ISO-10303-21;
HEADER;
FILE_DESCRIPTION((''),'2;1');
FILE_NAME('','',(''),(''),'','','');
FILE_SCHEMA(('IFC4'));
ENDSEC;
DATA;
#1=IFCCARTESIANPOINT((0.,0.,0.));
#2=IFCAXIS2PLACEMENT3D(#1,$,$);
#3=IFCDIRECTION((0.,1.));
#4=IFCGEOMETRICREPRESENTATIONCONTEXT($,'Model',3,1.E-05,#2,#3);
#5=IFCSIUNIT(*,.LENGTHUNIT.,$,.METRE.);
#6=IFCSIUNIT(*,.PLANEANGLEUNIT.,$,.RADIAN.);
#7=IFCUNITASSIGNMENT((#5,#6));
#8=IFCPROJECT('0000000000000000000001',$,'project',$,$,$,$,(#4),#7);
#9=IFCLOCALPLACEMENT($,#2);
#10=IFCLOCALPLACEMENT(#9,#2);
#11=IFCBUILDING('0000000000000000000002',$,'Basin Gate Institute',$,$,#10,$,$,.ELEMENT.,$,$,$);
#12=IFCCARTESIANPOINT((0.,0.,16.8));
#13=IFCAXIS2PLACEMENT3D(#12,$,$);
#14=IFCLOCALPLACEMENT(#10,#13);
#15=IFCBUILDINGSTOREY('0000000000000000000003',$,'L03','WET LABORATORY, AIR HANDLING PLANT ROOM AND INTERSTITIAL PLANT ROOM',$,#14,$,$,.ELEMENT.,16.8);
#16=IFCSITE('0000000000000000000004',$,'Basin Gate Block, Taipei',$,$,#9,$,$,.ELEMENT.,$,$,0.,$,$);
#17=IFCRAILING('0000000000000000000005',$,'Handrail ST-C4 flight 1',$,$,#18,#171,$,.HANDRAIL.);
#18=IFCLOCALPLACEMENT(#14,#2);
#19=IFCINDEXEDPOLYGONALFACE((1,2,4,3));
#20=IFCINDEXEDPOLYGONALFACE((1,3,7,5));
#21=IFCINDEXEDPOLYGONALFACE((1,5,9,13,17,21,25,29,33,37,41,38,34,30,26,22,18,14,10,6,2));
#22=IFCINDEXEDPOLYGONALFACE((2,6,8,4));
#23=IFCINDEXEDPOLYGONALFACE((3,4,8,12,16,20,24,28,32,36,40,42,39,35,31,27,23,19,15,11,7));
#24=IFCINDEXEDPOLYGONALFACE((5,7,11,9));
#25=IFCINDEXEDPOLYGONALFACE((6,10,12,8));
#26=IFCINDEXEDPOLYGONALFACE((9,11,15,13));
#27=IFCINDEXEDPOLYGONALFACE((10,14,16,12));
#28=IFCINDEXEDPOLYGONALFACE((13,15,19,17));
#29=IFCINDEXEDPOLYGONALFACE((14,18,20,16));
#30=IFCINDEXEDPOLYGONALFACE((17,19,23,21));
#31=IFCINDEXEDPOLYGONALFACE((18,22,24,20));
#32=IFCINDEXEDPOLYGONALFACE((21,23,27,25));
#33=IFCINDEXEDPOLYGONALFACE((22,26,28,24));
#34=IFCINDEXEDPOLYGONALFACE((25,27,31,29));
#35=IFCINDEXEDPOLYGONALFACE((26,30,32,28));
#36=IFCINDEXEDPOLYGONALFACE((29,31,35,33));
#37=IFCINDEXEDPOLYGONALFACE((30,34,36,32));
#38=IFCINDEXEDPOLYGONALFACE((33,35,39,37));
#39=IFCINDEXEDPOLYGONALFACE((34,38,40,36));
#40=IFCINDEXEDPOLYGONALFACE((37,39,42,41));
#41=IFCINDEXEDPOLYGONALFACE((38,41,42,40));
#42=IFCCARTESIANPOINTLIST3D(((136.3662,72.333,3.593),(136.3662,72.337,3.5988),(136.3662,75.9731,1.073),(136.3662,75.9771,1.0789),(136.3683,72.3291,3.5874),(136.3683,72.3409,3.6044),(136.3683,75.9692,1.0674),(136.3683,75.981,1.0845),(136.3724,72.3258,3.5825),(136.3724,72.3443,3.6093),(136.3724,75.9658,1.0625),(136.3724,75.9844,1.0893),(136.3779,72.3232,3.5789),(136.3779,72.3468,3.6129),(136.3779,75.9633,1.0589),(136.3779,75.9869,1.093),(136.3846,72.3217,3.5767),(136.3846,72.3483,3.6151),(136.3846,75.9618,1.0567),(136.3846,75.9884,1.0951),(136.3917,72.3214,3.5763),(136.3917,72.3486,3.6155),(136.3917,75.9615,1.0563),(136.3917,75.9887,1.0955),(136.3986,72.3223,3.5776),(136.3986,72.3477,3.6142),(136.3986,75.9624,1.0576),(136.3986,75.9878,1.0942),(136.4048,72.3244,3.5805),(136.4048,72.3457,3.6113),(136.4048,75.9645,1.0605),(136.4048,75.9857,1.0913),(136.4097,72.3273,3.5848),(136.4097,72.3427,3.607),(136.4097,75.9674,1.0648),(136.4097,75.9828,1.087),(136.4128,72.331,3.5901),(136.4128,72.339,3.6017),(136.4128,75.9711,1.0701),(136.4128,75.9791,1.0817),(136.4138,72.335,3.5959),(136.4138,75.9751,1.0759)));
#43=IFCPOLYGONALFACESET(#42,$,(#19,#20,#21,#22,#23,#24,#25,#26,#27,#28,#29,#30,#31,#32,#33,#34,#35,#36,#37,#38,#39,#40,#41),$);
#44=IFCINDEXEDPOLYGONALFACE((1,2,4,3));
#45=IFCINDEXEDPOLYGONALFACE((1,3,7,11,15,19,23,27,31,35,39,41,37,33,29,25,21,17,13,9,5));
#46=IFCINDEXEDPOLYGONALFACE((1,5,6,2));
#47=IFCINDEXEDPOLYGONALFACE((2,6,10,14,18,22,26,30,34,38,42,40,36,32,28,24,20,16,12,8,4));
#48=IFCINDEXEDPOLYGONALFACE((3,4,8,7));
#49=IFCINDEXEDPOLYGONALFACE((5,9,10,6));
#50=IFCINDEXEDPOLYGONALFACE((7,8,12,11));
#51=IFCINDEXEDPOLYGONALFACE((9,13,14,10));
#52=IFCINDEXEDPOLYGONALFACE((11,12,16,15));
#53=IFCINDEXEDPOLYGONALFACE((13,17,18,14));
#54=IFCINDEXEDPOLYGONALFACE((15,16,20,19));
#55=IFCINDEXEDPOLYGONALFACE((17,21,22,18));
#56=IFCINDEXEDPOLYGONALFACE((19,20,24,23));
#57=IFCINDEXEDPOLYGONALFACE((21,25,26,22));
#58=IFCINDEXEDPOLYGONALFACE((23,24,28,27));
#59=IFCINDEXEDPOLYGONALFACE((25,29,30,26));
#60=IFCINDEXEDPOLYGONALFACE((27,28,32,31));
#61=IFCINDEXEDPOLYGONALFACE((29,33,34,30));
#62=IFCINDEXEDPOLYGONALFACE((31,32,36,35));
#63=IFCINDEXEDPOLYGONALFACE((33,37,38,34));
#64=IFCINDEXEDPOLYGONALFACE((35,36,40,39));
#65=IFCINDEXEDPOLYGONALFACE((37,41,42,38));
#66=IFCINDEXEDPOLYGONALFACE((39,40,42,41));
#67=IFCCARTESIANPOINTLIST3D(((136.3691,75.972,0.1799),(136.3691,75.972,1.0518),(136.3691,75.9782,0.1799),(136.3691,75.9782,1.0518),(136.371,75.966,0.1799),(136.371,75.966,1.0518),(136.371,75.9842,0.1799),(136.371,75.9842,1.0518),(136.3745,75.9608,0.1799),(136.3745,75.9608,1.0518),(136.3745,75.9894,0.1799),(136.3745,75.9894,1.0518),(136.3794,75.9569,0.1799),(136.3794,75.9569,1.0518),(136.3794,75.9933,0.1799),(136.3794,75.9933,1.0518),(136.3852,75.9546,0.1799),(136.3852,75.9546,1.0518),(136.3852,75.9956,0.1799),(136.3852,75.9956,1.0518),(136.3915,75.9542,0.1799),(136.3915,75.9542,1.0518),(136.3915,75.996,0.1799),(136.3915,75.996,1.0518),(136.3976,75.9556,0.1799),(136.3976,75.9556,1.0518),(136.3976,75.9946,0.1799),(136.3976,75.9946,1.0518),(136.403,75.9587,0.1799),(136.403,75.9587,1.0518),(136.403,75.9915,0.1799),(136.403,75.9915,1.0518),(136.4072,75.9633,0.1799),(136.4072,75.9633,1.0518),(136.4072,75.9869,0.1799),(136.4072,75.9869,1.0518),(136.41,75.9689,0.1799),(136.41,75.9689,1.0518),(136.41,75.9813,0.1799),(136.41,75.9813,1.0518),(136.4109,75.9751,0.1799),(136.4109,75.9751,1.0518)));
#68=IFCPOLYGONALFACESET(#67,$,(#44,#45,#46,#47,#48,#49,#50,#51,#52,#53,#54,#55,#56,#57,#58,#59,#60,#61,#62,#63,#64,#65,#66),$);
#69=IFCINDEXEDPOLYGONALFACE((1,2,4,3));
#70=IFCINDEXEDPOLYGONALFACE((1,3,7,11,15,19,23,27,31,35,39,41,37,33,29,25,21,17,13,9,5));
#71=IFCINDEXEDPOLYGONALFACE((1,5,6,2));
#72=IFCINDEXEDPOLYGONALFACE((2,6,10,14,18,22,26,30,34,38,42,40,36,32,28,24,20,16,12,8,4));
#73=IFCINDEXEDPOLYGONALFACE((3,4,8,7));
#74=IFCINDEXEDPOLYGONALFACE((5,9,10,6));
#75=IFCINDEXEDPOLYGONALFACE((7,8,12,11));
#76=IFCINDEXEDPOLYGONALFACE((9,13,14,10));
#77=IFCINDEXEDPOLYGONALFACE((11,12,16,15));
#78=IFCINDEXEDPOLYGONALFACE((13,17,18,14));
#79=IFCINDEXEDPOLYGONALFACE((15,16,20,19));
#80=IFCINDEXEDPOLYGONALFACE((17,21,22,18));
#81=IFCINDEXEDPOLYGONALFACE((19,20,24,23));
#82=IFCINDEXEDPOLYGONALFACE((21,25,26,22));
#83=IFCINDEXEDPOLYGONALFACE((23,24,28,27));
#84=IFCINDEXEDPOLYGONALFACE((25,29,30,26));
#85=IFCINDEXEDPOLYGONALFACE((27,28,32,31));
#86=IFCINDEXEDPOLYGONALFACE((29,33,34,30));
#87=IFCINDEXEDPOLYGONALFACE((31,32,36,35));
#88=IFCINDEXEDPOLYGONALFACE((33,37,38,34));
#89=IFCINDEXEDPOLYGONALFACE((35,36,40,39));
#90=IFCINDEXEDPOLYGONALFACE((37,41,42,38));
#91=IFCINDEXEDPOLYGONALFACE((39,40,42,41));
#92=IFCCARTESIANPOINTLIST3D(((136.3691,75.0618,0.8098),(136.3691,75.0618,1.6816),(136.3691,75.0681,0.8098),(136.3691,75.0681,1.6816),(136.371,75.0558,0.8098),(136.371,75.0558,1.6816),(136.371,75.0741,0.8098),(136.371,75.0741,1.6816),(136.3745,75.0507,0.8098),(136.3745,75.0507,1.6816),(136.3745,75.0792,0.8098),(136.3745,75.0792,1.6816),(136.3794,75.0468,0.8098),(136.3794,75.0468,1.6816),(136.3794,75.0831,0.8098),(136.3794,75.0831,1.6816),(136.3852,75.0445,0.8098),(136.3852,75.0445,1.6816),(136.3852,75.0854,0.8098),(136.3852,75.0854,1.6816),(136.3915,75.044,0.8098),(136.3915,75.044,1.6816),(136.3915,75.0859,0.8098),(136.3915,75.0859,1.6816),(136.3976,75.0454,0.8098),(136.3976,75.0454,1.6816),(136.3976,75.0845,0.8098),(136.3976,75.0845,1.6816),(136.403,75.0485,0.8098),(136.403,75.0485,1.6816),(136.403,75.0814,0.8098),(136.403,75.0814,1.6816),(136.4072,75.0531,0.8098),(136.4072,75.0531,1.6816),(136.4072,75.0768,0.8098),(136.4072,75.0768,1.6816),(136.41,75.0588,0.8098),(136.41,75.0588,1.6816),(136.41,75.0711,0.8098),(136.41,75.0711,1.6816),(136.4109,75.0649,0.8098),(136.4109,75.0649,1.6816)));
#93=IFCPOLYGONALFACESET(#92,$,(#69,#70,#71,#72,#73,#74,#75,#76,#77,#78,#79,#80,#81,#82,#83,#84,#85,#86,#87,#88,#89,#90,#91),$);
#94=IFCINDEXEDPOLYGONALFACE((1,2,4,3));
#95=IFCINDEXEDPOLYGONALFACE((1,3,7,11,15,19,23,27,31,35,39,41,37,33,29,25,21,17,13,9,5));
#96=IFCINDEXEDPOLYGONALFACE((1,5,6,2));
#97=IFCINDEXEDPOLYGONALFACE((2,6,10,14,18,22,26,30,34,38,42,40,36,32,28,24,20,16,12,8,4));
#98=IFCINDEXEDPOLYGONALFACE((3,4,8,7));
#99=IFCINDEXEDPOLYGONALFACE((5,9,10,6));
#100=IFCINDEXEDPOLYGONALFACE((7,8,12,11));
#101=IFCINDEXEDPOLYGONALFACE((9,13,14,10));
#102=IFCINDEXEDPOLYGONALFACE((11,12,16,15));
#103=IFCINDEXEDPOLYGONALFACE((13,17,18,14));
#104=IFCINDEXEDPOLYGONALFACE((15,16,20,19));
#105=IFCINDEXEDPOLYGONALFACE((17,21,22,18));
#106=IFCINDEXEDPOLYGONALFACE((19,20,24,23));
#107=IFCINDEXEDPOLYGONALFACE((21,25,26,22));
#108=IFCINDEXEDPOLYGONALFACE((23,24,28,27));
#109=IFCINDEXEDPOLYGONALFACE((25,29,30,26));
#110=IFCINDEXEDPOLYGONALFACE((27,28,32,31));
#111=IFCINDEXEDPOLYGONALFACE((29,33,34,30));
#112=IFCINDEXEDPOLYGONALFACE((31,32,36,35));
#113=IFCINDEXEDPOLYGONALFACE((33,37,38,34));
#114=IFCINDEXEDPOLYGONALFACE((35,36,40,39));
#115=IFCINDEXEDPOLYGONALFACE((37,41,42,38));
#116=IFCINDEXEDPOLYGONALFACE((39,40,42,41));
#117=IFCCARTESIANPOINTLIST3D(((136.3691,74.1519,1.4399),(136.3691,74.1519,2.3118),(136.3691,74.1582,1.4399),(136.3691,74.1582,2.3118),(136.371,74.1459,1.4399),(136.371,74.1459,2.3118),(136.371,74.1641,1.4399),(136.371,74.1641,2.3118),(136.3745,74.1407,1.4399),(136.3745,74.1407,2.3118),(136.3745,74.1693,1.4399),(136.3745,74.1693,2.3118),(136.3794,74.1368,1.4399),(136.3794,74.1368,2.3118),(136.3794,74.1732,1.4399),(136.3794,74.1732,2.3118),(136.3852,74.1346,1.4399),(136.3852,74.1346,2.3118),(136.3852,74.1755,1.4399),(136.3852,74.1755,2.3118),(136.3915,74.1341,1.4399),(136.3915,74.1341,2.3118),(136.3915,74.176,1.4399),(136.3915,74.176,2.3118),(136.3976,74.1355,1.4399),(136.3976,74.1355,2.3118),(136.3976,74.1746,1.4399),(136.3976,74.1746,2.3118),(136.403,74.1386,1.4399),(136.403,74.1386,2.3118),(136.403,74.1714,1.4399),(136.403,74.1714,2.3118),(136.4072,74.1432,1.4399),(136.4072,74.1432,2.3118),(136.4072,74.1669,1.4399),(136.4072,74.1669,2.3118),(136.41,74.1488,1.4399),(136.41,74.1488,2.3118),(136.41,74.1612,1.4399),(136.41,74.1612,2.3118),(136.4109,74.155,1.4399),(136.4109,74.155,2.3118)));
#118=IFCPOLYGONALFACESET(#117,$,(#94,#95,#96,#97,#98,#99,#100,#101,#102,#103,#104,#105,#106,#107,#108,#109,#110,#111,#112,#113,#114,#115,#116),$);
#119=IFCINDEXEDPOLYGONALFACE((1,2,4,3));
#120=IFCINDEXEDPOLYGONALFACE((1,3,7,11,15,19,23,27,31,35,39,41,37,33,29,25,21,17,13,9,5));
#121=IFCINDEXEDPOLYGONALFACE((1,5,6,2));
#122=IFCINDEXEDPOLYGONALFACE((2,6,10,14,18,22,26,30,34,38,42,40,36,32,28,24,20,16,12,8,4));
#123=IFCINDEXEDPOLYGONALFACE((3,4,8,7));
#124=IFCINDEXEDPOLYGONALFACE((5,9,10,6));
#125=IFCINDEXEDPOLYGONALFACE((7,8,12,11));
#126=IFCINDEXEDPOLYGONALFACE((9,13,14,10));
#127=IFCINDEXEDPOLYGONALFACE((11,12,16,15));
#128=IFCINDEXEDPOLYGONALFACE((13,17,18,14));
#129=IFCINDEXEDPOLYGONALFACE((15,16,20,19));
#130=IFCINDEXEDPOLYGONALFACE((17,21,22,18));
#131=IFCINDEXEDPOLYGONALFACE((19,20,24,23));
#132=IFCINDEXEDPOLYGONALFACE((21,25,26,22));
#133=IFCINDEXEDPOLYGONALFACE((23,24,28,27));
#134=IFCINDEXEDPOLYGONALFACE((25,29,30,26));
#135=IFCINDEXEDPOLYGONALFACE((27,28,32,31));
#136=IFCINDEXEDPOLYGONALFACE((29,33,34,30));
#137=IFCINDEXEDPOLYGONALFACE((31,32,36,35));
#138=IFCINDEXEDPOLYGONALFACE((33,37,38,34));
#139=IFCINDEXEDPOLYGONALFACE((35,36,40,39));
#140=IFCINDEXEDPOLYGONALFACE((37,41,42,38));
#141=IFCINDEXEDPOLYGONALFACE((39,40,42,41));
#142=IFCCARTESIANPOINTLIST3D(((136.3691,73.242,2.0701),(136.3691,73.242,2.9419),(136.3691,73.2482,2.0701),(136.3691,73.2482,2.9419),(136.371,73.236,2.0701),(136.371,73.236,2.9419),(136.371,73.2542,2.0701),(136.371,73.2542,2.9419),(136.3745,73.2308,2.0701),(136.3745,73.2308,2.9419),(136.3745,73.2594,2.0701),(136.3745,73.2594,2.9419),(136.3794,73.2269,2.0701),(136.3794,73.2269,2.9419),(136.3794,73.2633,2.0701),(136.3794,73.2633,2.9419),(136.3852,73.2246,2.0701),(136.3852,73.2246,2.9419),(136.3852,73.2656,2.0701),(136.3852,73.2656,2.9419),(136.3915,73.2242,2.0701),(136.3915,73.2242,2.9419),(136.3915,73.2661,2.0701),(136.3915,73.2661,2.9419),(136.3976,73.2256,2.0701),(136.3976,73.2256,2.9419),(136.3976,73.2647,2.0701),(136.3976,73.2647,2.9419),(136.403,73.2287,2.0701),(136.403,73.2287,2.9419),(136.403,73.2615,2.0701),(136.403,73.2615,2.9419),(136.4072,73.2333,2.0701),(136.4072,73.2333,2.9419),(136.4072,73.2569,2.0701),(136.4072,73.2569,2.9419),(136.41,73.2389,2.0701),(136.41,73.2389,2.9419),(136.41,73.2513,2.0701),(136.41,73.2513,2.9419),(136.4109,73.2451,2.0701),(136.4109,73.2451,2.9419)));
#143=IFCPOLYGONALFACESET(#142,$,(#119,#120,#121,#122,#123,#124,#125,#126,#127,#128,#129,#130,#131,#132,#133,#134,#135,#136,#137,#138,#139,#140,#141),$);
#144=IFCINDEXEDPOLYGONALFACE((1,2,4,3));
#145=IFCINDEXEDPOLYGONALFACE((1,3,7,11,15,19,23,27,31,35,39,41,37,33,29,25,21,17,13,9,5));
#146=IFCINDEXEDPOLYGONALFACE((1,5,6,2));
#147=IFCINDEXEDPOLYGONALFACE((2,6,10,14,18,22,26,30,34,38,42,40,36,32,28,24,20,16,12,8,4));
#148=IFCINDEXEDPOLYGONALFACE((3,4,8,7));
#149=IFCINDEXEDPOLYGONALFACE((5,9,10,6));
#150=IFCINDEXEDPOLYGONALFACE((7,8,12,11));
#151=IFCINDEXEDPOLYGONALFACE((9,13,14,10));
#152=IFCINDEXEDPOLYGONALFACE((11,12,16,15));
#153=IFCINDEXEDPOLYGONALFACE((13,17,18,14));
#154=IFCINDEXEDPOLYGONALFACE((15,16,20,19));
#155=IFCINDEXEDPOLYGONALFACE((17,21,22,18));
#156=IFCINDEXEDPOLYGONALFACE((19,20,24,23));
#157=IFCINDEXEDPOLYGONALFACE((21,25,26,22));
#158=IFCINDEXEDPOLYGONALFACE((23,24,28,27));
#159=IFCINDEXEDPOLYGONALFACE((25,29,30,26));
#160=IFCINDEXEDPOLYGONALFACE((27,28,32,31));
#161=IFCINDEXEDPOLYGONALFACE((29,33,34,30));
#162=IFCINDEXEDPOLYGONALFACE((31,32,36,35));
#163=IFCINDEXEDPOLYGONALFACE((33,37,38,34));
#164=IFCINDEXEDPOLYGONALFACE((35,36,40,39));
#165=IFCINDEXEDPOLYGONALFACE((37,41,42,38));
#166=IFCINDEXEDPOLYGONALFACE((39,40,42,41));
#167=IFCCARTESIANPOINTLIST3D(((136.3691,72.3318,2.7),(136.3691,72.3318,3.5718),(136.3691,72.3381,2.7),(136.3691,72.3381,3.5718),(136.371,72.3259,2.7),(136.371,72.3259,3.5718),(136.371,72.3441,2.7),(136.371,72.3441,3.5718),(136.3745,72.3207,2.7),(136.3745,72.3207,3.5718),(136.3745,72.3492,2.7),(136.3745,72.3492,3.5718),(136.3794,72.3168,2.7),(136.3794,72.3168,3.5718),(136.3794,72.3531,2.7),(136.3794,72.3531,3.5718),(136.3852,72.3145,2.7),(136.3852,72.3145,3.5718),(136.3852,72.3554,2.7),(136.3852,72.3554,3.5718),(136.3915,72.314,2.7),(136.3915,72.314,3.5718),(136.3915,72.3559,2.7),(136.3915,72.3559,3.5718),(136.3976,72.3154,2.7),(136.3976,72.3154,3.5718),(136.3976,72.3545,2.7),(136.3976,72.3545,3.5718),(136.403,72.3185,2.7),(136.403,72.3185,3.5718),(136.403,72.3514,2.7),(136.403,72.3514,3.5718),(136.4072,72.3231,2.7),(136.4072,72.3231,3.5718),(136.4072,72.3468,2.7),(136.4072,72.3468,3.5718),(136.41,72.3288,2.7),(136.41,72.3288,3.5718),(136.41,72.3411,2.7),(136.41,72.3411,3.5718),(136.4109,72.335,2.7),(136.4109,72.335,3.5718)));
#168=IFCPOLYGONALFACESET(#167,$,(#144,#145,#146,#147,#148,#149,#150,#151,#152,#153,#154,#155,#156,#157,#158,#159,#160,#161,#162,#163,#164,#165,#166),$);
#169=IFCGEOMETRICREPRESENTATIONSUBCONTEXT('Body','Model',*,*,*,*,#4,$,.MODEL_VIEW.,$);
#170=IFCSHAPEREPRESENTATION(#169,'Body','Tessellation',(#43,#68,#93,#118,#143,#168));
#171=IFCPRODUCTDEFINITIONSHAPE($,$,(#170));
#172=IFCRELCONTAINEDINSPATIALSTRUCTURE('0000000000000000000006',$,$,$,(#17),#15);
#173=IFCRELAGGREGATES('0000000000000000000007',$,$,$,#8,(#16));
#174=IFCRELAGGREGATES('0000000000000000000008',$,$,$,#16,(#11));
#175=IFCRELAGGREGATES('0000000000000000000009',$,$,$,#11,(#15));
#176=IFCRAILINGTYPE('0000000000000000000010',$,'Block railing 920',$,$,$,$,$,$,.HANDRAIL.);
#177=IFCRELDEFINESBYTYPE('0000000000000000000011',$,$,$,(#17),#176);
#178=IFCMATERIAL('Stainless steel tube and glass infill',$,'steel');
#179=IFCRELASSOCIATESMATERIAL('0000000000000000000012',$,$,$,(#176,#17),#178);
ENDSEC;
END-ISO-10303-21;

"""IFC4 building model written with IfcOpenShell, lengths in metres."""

from ifc_helpers import new_model, si_unit, direction, frame, origin, origin_2d, place, context, subcontext, project, spatial, circle, extrude, material, type_object, element, save


model = new_model("IFC4")

# Units and contexts
model_context = context("Model", 3, precision=1e-05, world=origin(), true_north=direction((0.0, 1.0)))
body_context = subcontext(model_context, "Body", "Model", "MODEL_VIEW")
ifc_project = project(units=[si_unit("LENGTHUNIT", "METRE"), si_unit("PLANEANGLEUNIT", "RADIAN")], contexts=[model_context])

# Site, building, storey
site_placement = place(None, origin())
site = spatial("IfcSite", under=ifc_project, at=site_placement, Name="Basin Gate Block, Taipei", CompositionType="ELEMENT", RefElevation=0.0)
building_placement = place(site_placement, origin())
building = spatial("IfcBuilding", under=site, at=building_placement, Name="Basin Gate Institute", CompositionType="ELEMENT")
storey_placement = place(building_placement, frame((0.0, 0.0, 16.8)))
storey = spatial("IfcBuildingStorey", under=building, at=storey_placement, Name="L03", Description="WET LABORATORY, AIR HANDLING PLANT ROOM AND INTERSTITIAL PLANT ROOM", CompositionType="ELEMENT", Elevation=16.8)

# Railing
ifc_material_1 = material(Name="Stainless steel tube and glass infill", Category="steel")
railing_type_1 = type_object("IfcRailingType", Name="Block railing 920", PredefinedType="HANDRAIL", material=ifc_material_1)
for number, where, name in (
    (1, (136.3899, 75.9751, 0.1799), "Handrail ST-C4 flight 1"),
):
    element("IfcRailing", number, at=place(storey_placement, frame(where)), inside=storey, type_object=railing_type_1, material=ifc_material_1, Name=name, PredefinedType="HANDRAIL", context=body_context, shape_type="SweptSolid", body=[
        extrude(circle(Radius=0.0239, at=origin_2d()), frame((0.0, 0.0, 0.896), z_axis=(0.0, -0.8222, 0.569199), x_axis=(1.0, 0.0, 0.0)), (0.0, 0.0, 1.0), 4.4272),
        extrude(circle(Radius=0.021, at=origin_2d()), origin(), (0.0, 0.0, 1.0), 0.8718),
        extrude(circle(Radius=0.021, at=origin_2d()), frame((0.0, -0.9102, 0.6299)), (0.0, 0.0, 1.0), 0.8718),
        extrude(circle(Radius=0.021, at=origin_2d()), frame((0.0, -1.8201, 1.26)), (0.0, 0.0, 1.0), 0.8718),
        extrude(circle(Radius=0.021, at=origin_2d()), frame((0.0, -2.73, 1.8901)), (0.0, 0.0, 1.0), 0.8718),
        extrude(circle(Radius=0.021, at=origin_2d()), frame((0.0, -3.6401, 2.52)), (0.0, 0.0, 1.0), 0.8718),
    ])

save(model, "model.ifc")
